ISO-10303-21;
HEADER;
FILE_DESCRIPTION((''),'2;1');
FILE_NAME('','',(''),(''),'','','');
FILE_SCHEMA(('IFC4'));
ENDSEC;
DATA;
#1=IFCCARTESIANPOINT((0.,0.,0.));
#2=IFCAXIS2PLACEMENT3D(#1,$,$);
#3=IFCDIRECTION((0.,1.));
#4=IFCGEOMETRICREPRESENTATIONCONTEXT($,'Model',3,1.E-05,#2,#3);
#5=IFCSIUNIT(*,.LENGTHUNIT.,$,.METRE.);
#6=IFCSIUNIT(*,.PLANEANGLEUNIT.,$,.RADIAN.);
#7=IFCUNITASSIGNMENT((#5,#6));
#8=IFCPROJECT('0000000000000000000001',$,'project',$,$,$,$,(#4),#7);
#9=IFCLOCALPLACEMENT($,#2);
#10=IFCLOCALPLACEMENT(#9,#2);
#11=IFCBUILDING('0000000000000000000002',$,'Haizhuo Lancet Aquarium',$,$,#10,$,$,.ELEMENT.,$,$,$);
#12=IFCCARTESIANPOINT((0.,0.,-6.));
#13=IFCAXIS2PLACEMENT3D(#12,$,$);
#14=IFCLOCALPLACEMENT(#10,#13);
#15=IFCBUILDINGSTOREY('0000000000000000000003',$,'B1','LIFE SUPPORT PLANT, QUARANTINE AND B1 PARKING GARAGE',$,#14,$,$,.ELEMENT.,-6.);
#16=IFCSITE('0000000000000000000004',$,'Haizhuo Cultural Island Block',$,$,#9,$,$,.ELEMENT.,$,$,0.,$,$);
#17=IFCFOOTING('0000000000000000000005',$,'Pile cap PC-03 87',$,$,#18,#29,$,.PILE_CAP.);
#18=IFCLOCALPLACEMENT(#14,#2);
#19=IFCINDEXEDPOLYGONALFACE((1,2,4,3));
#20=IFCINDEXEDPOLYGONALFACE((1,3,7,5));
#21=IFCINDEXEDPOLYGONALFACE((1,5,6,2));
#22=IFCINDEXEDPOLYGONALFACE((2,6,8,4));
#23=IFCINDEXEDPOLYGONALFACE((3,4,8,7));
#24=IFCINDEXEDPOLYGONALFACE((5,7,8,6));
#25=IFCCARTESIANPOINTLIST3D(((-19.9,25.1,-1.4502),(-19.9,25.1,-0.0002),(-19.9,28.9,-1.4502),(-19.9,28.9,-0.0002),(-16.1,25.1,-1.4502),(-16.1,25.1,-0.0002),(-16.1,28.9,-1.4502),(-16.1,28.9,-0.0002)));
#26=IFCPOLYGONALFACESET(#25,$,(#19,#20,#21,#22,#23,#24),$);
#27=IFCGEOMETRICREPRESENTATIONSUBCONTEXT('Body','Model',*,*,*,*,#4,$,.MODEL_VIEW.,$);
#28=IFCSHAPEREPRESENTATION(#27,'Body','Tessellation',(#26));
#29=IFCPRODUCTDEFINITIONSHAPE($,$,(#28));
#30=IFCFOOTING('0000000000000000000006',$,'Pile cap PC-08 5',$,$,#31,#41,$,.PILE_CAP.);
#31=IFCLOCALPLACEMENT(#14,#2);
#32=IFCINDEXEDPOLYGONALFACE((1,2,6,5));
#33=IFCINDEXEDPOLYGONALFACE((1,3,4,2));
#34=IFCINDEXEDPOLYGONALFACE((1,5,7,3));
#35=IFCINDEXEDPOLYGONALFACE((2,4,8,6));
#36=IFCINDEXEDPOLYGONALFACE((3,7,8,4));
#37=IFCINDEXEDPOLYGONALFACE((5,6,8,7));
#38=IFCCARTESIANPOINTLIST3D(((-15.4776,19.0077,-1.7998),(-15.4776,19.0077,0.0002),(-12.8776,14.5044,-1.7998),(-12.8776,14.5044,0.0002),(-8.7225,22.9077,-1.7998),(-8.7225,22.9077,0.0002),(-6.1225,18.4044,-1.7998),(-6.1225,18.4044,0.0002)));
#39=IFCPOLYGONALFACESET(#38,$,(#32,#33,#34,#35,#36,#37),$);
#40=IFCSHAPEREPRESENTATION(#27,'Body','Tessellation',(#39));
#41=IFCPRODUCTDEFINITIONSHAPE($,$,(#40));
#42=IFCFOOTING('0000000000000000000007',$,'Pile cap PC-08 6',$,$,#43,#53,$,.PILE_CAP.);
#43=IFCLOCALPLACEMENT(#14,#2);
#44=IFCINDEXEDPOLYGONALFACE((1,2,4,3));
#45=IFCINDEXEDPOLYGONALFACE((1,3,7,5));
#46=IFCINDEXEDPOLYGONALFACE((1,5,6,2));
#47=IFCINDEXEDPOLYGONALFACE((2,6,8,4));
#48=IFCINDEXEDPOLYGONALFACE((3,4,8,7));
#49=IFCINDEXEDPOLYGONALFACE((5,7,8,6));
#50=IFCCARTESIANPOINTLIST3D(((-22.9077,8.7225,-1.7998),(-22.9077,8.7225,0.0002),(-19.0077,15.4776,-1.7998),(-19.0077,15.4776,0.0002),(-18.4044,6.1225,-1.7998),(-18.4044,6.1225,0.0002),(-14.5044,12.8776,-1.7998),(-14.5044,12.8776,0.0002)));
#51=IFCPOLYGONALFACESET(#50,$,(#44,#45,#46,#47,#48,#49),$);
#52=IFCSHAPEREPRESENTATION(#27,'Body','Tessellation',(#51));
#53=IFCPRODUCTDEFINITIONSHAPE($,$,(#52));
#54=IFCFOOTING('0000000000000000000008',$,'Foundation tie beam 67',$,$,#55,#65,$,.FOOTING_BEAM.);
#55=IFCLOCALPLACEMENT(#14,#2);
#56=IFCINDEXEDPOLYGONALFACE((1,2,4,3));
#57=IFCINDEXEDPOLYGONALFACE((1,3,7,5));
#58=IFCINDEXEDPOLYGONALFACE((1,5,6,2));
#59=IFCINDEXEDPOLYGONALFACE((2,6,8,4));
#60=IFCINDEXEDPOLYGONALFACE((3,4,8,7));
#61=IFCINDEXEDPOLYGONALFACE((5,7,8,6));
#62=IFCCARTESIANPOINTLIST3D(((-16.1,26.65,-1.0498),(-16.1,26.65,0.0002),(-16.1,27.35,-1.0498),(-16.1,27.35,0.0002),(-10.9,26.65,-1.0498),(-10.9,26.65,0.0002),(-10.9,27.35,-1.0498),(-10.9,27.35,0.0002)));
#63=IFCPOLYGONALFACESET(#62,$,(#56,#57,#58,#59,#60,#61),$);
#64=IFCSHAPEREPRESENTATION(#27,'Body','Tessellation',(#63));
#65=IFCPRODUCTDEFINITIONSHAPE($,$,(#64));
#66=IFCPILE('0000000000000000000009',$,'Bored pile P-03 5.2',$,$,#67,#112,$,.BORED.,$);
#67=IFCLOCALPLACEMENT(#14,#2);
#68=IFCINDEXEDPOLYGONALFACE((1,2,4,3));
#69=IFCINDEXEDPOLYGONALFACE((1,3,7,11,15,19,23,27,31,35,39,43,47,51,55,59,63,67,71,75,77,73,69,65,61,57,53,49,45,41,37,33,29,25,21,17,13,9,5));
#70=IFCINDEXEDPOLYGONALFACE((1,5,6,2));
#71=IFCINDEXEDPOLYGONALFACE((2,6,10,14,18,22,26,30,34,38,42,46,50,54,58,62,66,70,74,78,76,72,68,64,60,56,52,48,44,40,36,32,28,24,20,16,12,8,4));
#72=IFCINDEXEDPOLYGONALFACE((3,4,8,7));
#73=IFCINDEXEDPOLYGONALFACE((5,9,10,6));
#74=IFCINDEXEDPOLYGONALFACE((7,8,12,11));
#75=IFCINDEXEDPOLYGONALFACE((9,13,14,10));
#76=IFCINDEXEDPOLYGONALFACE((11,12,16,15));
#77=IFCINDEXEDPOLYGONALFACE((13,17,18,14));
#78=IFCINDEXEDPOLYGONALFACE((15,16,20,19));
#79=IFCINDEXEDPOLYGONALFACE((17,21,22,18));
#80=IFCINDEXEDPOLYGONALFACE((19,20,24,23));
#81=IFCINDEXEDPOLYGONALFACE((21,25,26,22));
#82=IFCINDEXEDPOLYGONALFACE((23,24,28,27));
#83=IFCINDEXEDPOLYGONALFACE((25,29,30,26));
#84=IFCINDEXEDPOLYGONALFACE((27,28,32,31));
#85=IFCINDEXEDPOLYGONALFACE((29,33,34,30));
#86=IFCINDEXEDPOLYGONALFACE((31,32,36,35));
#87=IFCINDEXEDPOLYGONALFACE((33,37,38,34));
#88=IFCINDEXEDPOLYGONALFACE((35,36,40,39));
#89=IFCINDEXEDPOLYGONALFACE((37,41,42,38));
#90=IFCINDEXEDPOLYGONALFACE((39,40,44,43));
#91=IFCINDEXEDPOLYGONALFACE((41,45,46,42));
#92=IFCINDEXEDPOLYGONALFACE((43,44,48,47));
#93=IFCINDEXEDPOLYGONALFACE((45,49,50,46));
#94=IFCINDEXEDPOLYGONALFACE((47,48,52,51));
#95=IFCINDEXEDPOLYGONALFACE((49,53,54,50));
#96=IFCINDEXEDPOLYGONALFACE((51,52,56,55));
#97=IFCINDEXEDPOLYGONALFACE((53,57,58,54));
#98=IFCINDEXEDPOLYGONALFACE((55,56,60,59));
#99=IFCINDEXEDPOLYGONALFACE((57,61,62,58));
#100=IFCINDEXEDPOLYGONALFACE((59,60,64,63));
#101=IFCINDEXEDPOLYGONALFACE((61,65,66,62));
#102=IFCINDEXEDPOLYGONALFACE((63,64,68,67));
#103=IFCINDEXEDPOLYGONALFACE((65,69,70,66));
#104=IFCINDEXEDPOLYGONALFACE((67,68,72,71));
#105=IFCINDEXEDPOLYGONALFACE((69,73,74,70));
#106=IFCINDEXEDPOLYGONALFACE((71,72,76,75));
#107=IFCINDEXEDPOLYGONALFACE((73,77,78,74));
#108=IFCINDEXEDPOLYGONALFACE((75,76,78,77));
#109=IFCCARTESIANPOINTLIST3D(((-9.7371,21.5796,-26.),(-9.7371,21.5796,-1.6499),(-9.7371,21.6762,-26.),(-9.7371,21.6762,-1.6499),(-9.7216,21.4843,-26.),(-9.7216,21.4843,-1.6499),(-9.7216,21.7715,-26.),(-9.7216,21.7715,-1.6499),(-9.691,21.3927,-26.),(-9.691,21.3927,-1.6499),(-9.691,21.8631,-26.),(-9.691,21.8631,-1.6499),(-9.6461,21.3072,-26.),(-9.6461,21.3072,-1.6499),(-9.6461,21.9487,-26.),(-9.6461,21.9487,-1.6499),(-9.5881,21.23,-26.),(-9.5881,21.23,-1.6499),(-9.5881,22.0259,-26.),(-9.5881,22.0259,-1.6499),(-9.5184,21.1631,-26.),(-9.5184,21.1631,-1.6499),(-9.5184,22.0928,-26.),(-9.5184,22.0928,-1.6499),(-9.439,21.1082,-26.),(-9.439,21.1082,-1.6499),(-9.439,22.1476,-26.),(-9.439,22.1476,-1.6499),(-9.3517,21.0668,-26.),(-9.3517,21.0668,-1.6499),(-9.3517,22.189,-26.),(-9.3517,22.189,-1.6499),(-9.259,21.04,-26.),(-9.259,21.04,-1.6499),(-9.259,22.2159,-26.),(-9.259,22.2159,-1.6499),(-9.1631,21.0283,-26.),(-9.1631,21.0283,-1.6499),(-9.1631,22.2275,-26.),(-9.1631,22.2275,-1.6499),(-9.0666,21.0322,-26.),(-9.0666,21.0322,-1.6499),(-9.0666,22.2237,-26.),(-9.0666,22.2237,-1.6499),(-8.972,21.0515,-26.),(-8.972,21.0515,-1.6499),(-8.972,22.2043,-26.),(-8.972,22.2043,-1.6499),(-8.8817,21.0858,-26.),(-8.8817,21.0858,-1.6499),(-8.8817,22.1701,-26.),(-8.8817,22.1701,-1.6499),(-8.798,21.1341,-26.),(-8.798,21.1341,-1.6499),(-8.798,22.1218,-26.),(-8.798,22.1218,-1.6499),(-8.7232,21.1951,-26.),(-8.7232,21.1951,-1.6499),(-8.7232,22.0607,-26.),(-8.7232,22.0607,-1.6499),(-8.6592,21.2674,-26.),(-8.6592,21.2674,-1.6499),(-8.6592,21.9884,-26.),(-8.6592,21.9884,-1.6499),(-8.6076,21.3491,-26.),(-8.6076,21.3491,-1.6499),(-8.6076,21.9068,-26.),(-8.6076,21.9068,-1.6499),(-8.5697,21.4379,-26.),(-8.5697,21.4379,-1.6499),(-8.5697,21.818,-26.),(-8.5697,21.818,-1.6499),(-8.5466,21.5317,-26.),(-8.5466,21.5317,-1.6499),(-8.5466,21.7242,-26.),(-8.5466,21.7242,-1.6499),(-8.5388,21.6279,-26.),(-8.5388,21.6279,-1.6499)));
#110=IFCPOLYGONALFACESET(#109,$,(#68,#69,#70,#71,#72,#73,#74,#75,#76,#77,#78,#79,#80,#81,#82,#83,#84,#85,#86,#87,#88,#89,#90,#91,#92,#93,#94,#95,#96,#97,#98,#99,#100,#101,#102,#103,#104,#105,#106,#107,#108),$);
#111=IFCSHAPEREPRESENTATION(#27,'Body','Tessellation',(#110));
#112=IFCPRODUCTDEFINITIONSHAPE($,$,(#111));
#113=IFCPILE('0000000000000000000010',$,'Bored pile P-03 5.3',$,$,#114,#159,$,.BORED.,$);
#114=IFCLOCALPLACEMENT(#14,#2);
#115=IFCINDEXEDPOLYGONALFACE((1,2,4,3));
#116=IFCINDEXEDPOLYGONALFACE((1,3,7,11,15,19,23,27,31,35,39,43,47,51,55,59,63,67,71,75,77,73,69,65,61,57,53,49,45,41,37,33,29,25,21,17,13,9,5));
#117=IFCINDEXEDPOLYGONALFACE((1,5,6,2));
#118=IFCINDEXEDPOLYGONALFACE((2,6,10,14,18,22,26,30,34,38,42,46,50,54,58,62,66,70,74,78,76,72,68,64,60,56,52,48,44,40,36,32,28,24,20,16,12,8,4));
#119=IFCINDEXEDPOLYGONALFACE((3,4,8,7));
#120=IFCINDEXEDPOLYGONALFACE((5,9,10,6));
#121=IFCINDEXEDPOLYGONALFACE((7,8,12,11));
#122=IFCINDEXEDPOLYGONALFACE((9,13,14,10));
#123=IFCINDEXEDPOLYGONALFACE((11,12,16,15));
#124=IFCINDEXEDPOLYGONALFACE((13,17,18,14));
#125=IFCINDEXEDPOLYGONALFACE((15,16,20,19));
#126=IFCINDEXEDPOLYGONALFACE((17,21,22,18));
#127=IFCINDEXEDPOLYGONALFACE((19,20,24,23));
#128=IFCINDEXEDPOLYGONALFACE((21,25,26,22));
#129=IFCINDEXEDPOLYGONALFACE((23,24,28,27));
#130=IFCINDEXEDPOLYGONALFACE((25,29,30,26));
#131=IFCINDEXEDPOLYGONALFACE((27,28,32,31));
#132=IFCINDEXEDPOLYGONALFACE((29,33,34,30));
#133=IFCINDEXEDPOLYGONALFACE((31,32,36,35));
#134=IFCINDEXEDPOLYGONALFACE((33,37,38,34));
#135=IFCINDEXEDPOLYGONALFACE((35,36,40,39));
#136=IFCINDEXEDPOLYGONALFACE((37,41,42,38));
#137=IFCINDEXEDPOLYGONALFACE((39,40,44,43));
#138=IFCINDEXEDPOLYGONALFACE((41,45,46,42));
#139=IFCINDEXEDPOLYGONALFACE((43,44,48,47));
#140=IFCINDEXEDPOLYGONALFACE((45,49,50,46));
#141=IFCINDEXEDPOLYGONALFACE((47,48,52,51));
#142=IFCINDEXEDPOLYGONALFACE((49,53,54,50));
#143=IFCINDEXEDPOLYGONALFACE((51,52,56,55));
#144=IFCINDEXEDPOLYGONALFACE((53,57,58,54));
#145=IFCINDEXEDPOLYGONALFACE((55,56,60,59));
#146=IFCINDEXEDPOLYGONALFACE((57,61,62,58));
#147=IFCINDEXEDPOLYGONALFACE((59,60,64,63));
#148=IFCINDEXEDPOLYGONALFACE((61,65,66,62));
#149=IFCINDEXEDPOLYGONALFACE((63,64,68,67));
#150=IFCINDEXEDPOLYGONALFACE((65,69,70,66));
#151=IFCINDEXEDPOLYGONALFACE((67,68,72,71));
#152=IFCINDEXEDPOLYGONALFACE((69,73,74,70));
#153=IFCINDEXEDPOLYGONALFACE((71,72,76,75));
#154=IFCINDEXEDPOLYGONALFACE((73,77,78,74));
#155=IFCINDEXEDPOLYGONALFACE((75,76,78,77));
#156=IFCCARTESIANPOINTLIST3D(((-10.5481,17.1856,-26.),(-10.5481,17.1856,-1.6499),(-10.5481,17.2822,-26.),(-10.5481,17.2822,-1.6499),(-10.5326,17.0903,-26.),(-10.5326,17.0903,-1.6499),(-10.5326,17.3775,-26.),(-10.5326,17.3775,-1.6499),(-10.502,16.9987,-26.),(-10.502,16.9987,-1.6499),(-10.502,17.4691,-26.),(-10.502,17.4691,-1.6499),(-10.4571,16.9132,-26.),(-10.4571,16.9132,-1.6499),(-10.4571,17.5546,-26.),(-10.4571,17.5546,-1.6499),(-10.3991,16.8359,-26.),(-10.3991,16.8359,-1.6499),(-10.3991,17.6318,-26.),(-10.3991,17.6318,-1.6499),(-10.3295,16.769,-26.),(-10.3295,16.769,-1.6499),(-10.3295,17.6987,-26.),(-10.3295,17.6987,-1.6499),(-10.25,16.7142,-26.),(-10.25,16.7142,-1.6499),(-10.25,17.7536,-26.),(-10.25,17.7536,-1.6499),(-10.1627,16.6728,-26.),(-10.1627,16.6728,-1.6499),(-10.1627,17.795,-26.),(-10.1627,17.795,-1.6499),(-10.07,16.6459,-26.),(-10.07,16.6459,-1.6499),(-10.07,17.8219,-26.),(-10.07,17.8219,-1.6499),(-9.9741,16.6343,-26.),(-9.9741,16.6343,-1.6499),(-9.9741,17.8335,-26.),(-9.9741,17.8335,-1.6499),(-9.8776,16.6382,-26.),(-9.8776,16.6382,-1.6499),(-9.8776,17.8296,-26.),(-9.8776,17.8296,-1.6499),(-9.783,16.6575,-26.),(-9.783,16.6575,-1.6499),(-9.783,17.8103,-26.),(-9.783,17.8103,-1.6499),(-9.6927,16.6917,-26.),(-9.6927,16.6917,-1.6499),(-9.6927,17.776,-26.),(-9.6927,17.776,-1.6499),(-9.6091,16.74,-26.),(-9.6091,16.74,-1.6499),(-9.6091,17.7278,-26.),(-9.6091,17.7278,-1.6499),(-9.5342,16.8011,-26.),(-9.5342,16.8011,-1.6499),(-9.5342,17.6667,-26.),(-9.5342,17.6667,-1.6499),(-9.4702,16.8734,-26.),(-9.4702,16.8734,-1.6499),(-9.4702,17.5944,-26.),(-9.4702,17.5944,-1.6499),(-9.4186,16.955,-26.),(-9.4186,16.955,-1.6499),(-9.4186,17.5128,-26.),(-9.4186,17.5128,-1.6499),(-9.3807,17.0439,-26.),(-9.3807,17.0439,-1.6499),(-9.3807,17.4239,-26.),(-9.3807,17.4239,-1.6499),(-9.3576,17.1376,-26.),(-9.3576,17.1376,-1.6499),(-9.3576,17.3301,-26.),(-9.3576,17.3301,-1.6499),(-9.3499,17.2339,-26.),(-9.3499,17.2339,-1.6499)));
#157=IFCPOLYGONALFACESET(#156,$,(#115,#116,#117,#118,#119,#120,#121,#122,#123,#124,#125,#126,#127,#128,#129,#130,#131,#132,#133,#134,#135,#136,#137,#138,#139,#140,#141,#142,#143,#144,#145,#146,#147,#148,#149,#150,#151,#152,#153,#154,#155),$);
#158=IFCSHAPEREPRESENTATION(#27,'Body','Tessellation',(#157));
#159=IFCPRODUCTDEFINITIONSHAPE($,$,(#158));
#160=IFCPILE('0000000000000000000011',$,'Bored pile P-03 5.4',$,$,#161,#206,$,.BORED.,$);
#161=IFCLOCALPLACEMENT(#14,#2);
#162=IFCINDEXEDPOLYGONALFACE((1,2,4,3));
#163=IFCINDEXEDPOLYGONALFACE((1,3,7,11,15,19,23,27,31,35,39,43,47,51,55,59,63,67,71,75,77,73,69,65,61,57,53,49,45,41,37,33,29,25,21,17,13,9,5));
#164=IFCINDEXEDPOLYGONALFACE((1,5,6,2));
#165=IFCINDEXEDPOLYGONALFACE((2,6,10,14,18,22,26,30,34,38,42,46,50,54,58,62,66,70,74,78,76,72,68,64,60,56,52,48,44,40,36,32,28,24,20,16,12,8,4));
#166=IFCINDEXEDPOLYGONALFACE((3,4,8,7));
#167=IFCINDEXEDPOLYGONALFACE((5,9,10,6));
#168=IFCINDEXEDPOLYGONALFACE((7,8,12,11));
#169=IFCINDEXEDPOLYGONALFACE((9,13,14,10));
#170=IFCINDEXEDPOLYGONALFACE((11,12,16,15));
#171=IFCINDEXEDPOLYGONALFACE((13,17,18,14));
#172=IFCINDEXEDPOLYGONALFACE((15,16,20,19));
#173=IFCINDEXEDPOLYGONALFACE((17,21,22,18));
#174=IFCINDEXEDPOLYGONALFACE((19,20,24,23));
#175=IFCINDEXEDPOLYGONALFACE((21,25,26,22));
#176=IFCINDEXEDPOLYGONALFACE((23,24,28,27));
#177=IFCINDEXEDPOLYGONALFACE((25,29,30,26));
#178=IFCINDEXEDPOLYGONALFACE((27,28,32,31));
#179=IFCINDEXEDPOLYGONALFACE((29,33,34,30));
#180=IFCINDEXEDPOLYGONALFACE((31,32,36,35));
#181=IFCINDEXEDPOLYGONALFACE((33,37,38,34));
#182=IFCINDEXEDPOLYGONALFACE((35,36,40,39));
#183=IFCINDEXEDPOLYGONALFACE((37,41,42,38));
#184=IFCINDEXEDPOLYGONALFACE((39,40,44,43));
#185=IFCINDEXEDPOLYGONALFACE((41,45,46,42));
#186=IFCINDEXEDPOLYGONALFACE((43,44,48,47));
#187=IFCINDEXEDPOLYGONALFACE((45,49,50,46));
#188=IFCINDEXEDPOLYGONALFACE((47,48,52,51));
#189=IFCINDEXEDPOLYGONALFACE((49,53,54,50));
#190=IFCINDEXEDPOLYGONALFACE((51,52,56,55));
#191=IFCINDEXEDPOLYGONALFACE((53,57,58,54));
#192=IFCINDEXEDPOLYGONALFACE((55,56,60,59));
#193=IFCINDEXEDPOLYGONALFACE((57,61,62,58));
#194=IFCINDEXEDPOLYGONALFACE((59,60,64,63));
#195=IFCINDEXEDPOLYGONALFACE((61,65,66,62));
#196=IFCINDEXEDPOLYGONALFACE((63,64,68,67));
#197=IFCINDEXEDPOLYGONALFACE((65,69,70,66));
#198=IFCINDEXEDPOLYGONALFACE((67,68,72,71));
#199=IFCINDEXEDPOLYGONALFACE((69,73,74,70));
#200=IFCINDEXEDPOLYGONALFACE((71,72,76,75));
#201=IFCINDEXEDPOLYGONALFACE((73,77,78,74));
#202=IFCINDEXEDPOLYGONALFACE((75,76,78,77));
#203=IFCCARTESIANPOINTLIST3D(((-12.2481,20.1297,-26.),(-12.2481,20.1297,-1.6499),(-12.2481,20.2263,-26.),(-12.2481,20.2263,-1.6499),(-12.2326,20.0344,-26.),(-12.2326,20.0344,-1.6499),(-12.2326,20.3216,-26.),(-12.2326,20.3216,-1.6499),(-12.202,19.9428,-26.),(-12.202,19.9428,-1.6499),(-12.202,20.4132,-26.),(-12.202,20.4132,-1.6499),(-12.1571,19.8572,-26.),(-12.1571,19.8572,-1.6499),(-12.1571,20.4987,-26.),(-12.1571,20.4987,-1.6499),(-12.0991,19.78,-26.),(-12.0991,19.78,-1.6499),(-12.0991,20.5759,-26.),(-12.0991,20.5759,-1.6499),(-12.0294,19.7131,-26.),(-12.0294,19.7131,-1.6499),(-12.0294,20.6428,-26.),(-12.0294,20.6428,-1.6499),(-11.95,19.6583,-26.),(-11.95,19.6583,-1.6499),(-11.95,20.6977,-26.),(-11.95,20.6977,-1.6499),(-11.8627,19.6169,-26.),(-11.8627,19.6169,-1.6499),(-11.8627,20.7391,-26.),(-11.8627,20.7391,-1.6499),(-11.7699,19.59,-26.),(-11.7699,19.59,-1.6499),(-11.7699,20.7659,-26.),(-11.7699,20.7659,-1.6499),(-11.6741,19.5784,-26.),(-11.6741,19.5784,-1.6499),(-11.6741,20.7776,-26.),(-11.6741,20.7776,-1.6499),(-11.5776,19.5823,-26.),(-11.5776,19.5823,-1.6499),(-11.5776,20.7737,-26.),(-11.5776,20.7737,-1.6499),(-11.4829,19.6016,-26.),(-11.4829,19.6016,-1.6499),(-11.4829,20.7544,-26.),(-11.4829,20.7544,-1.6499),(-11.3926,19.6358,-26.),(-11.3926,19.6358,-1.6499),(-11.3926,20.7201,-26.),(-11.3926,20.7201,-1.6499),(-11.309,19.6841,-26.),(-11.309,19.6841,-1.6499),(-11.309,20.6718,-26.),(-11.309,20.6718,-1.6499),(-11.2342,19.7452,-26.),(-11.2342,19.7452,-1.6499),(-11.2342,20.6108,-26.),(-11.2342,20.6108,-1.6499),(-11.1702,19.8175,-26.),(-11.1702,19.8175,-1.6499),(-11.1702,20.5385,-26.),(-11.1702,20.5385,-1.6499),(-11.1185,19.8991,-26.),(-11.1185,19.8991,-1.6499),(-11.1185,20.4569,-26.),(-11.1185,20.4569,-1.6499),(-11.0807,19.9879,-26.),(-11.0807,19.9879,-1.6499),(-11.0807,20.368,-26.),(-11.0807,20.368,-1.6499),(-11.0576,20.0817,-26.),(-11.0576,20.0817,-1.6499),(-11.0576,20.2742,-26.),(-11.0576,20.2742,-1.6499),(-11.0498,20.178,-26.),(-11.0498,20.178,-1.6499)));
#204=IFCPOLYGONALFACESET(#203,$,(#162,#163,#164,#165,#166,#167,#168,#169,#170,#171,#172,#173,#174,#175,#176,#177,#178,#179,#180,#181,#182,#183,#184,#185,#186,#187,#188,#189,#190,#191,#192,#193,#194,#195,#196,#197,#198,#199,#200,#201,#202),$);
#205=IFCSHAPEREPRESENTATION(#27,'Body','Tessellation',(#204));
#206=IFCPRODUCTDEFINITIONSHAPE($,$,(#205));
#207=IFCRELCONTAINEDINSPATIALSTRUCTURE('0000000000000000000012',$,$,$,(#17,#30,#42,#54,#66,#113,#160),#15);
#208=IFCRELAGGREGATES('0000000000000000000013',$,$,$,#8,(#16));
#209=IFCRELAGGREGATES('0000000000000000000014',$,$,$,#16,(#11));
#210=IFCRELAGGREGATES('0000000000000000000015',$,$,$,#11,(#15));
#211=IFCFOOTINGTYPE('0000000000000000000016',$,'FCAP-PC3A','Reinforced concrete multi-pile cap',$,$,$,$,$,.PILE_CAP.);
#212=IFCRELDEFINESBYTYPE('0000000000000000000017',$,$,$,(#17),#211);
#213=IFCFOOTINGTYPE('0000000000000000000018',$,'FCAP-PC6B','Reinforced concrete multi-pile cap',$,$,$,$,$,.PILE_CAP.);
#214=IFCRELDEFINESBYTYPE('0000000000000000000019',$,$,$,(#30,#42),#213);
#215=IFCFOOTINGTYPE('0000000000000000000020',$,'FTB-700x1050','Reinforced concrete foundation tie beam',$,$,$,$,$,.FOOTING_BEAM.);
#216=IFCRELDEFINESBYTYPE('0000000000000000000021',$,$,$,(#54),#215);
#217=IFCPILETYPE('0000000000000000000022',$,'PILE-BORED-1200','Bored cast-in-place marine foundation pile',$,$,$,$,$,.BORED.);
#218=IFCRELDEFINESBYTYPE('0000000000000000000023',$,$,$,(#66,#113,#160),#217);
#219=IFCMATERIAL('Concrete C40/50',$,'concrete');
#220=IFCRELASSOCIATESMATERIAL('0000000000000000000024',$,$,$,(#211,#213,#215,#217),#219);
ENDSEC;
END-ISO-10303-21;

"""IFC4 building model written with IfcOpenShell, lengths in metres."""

from ifc_helpers import new_model, si_unit, direction, frame, origin, origin_2d, place, context, subcontext, project, spatial, rectangle, circle, extrude, material, material_profile, profile_set, type_object, element, save


model = new_model("IFC4")

# Units and contexts
model_context = context("Model", 3, precision=1e-05, world=origin(), true_north=direction((0.0, 1.0)))
body_context = subcontext(model_context, "Body", "Model", "MODEL_VIEW")
ifc_project = project(units=[si_unit("LENGTHUNIT", "METRE"), si_unit("PLANEANGLEUNIT", "RADIAN")], contexts=[model_context])

# Site, building, storey
site_placement = place(None, origin())
site = spatial("IfcSite", under=ifc_project, at=site_placement, Name="Haizhuo Cultural Island Block", CompositionType="ELEMENT", RefElevation=0.0)
building_placement = place(site_placement, origin())
building = spatial("IfcBuilding", under=site, at=building_placement, Name="Haizhuo Lancet Aquarium", CompositionType="ELEMENT")
storey_placement = place(building_placement, frame((0.0, 0.0, -6.0)))
storey = spatial("IfcBuildingStorey", under=building, at=storey_placement, Name="B1", Description="LIFE SUPPORT PLANT, QUARANTINE AND B1 PARKING GARAGE", CompositionType="ELEMENT", Elevation=-6.0)

# Footings
ifc_material_1 = material(Name="Concrete C40/50", Category="concrete")
footing_type_1 = type_object("IfcFootingType", Name="FCAP-PC3A", Description="Reinforced concrete multi-pile cap", PredefinedType="PILE_CAP", material=ifc_material_1)
footing_1_placement = place(storey_placement, frame((-18.0, 27.0, -1.4502), z_axis=(0.0, 0.0, 1.0), x_axis=(1.0, 0.0, 0.0)))
element("IfcFooting", 1, at=footing_1_placement, inside=storey, type_object=footing_type_1, Name="Pile cap PC-03 87", PredefinedType="PILE_CAP", context=body_context, shape_type="SweptSolid", body=[
    extrude(rectangle(XDim=3.8, YDim=3.8, at=origin_2d()), origin(), (0.0, 0.0, 1.0), 1.45),
])
footing_type_2 = type_object("IfcFootingType", Name="FCAP-PC6B", Description="Reinforced concrete multi-pile cap", PredefinedType="PILE_CAP", material=ifc_material_1)
for number, where, z_axis, x_axis, name in (
    (2, (-10.8, 18.7061, -1.7998), (0.0, 0.0, 1.0), (-0.5, 0.866025, 0.0), "Pile cap PC-08 5"),
    (3, (-18.7061, 10.8, -1.7998), (0.0, 0.0, 1.0), (-0.866025, 0.5, 0.0), "Pile cap PC-08 6"),
):
    element("IfcFooting", number, at=place(storey_placement, frame(where, z_axis=z_axis, x_axis=x_axis)), inside=storey, type_object=footing_type_2, Name=name, PredefinedType="PILE_CAP", context=body_context, shape_type="SweptSolid", body=[
        extrude(rectangle(XDim=5.2, YDim=7.8, at=origin_2d()), origin(), (0.0, 0.0, 1.0), 1.8),
    ])
footing_type_3 = type_object("IfcFootingType", Name="FTB-700x1050", Description="Reinforced concrete foundation tie beam", PredefinedType="FOOTING_BEAM", material=ifc_material_1)
footing_2_placement = place(storey_placement, frame((-13.5, 27.0, -1.0498), z_axis=(0.0, 0.0, 1.0), x_axis=(1.0, 0.0, 0.0)))
element("IfcFooting", 4, at=footing_2_placement, inside=storey, type_object=footing_type_3, Name="Foundation tie beam 67", PredefinedType="FOOTING_BEAM", context=body_context, shape_type="SweptSolid", body=[
    extrude(rectangle(XDim=5.2, YDim=0.7, at=origin_2d()), origin(), (0.0, 0.0, 1.0), 1.05),
])

# Piles
ifc_material_profile_1 = material_profile(ifc_material_1, circle(Radius=0.6001, at=origin_2d()), Name="PILE-1200")
ifc_profile_set_1 = profile_set([ifc_material_profile_1], Name="Concrete C40/50")
pile_type_1 = type_object("IfcPileType", Name="PILE-BORED-1200", Description="Bored cast-in-place marine foundation pile", PredefinedType="BORED", material=ifc_profile_set_1)
for number, where, z_axis, x_axis, name in (
    (5, (-9.1389, 21.6279, -1.6499), (0.0, 0.0, -1.0), (1.0, 0.0, 0.0), "Bored pile P-03 5.2"),
    (6, (-9.95, 17.2339, -1.6499), (0.0, 0.0, -1.0), (1.0, 0.0, 0.0), "Bored pile P-03 5.3"),
    (7, (-11.6499, 20.178, -1.6499), (0.0, 0.0, -1.0), (1.0, 0.0, 0.0), "Bored pile P-03 5.4"),
):
    element("IfcPile", number, at=place(storey_placement, frame(where, z_axis=z_axis, x_axis=x_axis)), inside=storey, type_object=pile_type_1, Name=name, PredefinedType="BORED", context=body_context, shape_type="SweptSolid", body=[
        extrude(circle(Radius=0.6001, at=origin_2d()), origin(), (0.0, 0.0, 1.0), 24.3501),
    ])

save(model, "model.ifc")
